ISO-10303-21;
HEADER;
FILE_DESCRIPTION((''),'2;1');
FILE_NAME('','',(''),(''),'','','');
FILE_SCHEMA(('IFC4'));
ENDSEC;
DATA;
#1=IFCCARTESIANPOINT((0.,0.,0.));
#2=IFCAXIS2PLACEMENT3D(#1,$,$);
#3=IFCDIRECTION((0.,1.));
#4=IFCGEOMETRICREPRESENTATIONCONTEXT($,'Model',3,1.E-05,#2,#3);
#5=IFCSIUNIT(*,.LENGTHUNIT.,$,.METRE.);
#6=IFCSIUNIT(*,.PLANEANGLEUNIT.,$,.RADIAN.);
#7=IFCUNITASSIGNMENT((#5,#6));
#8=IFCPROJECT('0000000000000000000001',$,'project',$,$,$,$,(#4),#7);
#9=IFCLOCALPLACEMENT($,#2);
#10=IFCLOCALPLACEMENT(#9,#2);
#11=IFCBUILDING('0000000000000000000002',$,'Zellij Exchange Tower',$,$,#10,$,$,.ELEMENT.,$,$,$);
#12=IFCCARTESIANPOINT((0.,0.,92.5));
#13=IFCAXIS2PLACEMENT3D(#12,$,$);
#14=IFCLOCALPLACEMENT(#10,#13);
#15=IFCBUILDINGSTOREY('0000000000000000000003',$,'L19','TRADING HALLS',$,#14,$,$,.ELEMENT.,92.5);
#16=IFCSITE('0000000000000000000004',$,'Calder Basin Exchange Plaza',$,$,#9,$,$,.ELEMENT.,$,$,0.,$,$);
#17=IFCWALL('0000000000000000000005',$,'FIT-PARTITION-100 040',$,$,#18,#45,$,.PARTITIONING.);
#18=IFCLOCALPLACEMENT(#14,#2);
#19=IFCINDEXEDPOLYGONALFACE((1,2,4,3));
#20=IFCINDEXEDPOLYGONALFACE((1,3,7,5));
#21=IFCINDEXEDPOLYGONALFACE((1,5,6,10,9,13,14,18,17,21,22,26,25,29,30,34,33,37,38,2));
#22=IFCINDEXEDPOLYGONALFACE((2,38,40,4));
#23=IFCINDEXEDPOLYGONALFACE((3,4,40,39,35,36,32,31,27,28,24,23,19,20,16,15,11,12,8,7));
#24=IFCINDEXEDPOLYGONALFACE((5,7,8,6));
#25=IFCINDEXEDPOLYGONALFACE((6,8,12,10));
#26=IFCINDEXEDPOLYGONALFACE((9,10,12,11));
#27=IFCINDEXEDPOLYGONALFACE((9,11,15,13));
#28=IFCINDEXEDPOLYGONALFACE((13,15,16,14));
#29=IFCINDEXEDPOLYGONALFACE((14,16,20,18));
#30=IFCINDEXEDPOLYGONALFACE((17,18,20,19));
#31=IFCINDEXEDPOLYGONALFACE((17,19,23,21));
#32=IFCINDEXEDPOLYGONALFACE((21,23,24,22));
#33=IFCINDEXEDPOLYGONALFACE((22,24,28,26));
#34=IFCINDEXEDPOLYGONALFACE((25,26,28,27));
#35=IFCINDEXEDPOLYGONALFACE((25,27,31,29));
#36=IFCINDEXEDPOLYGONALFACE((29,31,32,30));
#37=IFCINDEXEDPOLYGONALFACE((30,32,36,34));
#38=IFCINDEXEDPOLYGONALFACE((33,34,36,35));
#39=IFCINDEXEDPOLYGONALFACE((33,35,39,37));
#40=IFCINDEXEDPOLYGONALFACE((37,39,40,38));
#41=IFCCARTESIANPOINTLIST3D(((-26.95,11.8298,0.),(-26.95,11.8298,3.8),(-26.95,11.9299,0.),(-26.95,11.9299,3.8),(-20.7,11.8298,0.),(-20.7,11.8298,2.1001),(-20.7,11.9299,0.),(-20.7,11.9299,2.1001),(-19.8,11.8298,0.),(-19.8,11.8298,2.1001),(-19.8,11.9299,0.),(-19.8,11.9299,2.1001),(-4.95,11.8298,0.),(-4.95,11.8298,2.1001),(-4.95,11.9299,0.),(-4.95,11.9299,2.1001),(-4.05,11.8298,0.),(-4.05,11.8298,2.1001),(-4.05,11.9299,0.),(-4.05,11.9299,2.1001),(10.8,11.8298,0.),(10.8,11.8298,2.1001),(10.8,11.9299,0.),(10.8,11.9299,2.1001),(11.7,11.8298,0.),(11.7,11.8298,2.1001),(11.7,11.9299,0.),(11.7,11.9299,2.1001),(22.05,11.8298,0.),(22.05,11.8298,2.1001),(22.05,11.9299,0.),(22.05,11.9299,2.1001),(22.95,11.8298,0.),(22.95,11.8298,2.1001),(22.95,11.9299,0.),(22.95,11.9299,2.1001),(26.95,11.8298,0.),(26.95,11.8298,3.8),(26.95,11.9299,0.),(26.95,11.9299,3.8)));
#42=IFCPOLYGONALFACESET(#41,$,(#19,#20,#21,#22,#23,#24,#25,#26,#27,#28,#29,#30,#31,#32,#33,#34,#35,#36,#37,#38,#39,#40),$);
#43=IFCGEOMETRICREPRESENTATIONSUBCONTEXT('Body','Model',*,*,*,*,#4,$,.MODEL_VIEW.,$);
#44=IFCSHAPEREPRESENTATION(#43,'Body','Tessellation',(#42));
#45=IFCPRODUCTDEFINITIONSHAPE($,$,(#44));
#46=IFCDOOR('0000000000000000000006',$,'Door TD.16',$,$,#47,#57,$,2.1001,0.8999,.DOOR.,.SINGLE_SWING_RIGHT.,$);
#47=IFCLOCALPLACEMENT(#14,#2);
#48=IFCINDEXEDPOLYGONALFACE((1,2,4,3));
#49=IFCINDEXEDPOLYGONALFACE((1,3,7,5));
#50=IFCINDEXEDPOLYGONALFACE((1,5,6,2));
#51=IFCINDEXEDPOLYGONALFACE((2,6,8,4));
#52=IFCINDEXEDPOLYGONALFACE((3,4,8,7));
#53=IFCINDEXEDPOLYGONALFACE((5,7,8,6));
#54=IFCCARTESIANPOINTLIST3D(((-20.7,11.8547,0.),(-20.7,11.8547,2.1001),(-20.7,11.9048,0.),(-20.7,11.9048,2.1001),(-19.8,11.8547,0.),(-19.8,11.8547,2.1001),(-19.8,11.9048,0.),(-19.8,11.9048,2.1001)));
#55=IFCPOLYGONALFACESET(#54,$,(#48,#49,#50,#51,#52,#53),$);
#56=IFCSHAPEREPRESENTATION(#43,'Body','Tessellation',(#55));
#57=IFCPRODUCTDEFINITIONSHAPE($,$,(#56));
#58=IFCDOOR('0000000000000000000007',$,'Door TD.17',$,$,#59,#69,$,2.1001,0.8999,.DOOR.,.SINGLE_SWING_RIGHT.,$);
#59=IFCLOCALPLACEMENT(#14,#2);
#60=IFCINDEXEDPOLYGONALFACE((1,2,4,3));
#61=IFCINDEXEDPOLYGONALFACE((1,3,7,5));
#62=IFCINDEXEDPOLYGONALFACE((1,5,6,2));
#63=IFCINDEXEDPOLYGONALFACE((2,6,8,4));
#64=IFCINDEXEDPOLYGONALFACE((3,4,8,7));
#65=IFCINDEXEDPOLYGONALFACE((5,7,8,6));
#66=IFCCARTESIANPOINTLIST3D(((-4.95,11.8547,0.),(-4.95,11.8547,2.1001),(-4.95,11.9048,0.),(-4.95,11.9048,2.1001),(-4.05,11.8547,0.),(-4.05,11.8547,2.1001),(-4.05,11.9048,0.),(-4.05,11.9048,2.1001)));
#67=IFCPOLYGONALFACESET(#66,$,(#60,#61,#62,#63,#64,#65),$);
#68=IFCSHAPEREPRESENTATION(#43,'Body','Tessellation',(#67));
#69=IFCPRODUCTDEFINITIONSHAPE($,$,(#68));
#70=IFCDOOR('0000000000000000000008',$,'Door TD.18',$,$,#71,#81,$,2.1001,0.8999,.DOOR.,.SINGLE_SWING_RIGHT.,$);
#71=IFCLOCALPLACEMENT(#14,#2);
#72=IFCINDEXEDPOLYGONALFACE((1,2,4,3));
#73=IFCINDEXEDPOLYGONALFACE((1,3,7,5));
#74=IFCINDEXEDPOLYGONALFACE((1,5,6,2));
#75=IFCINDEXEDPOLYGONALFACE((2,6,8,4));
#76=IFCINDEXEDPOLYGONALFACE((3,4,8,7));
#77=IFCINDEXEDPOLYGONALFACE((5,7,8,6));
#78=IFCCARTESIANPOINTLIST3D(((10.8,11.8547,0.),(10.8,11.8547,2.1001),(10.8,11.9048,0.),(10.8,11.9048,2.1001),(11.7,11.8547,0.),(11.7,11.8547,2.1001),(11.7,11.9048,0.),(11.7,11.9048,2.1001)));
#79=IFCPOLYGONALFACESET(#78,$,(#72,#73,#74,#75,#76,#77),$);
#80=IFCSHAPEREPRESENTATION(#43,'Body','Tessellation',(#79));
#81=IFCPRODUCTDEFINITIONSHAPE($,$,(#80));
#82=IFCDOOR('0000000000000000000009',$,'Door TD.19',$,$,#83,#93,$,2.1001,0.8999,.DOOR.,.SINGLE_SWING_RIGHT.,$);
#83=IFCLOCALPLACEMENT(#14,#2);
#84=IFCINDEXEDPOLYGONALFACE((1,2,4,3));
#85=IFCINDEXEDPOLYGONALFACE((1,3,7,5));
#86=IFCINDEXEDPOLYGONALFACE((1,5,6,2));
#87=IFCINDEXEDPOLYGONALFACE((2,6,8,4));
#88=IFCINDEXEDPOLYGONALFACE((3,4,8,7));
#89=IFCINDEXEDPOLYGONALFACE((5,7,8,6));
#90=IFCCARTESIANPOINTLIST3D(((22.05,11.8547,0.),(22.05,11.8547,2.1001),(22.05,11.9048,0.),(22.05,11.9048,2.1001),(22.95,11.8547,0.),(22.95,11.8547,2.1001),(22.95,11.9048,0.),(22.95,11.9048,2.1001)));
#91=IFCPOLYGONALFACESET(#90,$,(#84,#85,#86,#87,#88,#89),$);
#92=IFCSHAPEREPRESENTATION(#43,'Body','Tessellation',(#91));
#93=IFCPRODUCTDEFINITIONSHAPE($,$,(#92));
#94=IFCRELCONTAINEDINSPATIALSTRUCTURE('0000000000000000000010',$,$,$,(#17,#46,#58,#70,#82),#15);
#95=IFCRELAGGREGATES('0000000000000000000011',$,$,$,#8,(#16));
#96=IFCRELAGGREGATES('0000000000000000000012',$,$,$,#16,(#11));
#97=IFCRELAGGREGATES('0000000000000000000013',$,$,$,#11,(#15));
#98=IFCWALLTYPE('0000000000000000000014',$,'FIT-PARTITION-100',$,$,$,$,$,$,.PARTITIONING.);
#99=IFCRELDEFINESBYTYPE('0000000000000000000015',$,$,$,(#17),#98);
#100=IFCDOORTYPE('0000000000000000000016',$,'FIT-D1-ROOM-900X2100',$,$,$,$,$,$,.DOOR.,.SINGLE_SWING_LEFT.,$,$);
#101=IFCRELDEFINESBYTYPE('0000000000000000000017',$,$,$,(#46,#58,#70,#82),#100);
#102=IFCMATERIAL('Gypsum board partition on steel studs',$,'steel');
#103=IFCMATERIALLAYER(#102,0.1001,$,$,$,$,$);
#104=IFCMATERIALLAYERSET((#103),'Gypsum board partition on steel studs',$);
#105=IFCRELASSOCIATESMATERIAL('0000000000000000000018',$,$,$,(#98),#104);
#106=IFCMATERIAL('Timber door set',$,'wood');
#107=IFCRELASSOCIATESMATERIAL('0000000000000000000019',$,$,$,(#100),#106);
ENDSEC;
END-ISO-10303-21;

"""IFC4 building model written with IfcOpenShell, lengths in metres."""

from ifc_helpers import new_model, si_unit, direction, frame, frame_2d, origin, place, context, subcontext, project, spatial, rectangle, extrude, material, layer, layer_set, type_object, element, fill, save


model = new_model("IFC4")

# Units and contexts
model_context = context("Model", 3, precision=1e-05, world=origin(), true_north=direction((0.0, 1.0)))
body_context = subcontext(model_context, "Body", "Model", "MODEL_VIEW")
ifc_project = project(units=[si_unit("LENGTHUNIT", "METRE"), si_unit("PLANEANGLEUNIT", "RADIAN")], contexts=[model_context])

# Site, building, storey
site_placement = place(None, origin())
site = spatial("IfcSite", under=ifc_project, at=site_placement, Name="Calder Basin Exchange Plaza", CompositionType="ELEMENT", RefElevation=0.0)
building_placement = place(site_placement, origin())
building = spatial("IfcBuilding", under=site, at=building_placement, Name="Zellij Exchange Tower", CompositionType="ELEMENT")
storey_placement = place(building_placement, frame((0.0, 0.0, 92.5)))
storey = spatial("IfcBuildingStorey", under=building, at=storey_placement, Name="L19", Description="TRADING HALLS", CompositionType="ELEMENT", Elevation=92.5)

# Shared definitions
ifc_material_1 = material(Name="Gypsum board partition on steel studs", Category="steel")
ifc_layer_1 = layer(ifc_material_1, 0.1001)
ifc_layer_set_1 = layer_set([ifc_layer_1], Name="Gypsum board partition on steel studs")
wall_type = type_object("IfcWallType", Name="FIT-PARTITION-100", PredefinedType="PARTITIONING", material=ifc_layer_set_1)

# Shared definitions
ifc_material_2 = material(Name="Timber door set", Category="wood")
door_type_1 = type_object("IfcDoorType", Name="FIT-D1-ROOM-900X2100", OperationType="SINGLE_SWING_LEFT", PredefinedType="DOOR", material=ifc_material_2)

# Wall, openings, doors
wall_1_placement = place(storey_placement, frame((-26.95, 11.8799, 0.0), z_axis=(0.0, 0.0, 1.0), x_axis=(1.0, 0.0, 0.0)))
wall_1 = element("IfcWall", 1, at=wall_1_placement, inside=storey, type_object=wall_type, Name="FIT-PARTITION-100 040", PredefinedType="PARTITIONING", context=body_context, shape_type="SweptSolid", body=[
    extrude(rectangle(XDim=53.8999, YDim=0.1001, at=frame_2d((26.95, 0.0))), origin(), (0.0, 0.0, 1.0), 3.8),
])
opening_1_placement = place(wall_1_placement, frame((6.25, 0.0, 0.0)))
opening_1 = element("IfcOpeningElement", 2, at=opening_1_placement, cuts=wall_1, PredefinedType="OPENING", context=body_context, shape_type="SweptSolid", body=[
    extrude(rectangle(XDim=0.8999, YDim=2.1001, at=frame_2d((0.45, 1.05))), frame((0.0, 0.062, 0.0), z_axis=(0.0, -1.0, 0.0), x_axis=(1.0, 0.0, 0.0)), (0.0, 0.0, 1.0), 0.124),
])
opening_2_placement = place(wall_1_placement, frame((22.0, 0.0, 0.0)))
opening_2 = element("IfcOpeningElement", 3, at=opening_2_placement, cuts=wall_1, PredefinedType="OPENING", context=body_context, shape_type="SweptSolid", body=[
    extrude(rectangle(XDim=0.8999, YDim=2.1001, at=frame_2d((0.45, 1.05))), frame((0.0, 0.062, 0.0), z_axis=(0.0, -1.0, 0.0), x_axis=(1.0, 0.0, 0.0)), (0.0, 0.0, 1.0), 0.124),
])
opening_3_placement = place(wall_1_placement, frame((37.75, 0.0, 0.0)))
opening_3 = element("IfcOpeningElement", 4, at=opening_3_placement, cuts=wall_1, PredefinedType="OPENING", context=body_context, shape_type="SweptSolid", body=[
    extrude(rectangle(XDim=0.8999, YDim=2.1001, at=frame_2d((0.45, 1.05))), frame((0.0, 0.062, 0.0), z_axis=(0.0, -1.0, 0.0), x_axis=(1.0, 0.0, 0.0)), (0.0, 0.0, 1.0), 0.124),
])
opening_4_placement = place(wall_1_placement, frame((49.0, 0.0, 0.0)))
opening_4 = element("IfcOpeningElement", 5, at=opening_4_placement, cuts=wall_1, PredefinedType="OPENING", context=body_context, shape_type="SweptSolid", body=[
    extrude(rectangle(XDim=0.8999, YDim=2.1001, at=frame_2d((0.45, 1.05))), frame((0.0, 0.062, 0.0), z_axis=(0.0, -1.0, 0.0), x_axis=(1.0, 0.0, 0.0)), (0.0, 0.0, 1.0), 0.124),
])
door_1_placement = place(opening_1_placement, origin())
door_1 = element("IfcDoor", 6, at=door_1_placement, inside=storey, type_object=door_type_1, Name="Door TD.16", OperationType="SINGLE_SWING_RIGHT", OverallHeight=2.1001, OverallWidth=0.8999, PredefinedType="DOOR", context=body_context, shape_type="SweptSolid", body=[
    extrude(rectangle(XDim=0.8999, YDim=2.1001, at=frame_2d((0.45, 1.05))), frame((0.0, 0.0249, 0.0), z_axis=(0.0, -1.0, 0.0), x_axis=(1.0, 0.0, 0.0)), (0.0, 0.0, 1.0), 0.05),
])
fill(opening_1, door_1)
door_2_placement = place(opening_2_placement, origin())
door_2 = element("IfcDoor", 7, at=door_2_placement, inside=storey, type_object=door_type_1, Name="Door TD.17", OperationType="SINGLE_SWING_RIGHT", OverallHeight=2.1001, OverallWidth=0.8999, PredefinedType="DOOR", context=body_context, shape_type="SweptSolid", body=[
    extrude(rectangle(XDim=0.8999, YDim=2.1001, at=frame_2d((0.45, 1.05))), frame((0.0, 0.0249, 0.0), z_axis=(0.0, -1.0, 0.0), x_axis=(1.0, 0.0, 0.0)), (0.0, 0.0, 1.0), 0.05),
])
fill(opening_2, door_2)
door_3_placement = place(opening_3_placement, origin())
door_3 = element("IfcDoor", 8, at=door_3_placement, inside=storey, type_object=door_type_1, Name="Door TD.18", OperationType="SINGLE_SWING_RIGHT", OverallHeight=2.1001, OverallWidth=0.8999, PredefinedType="DOOR", context=body_context, shape_type="SweptSolid", body=[
    extrude(rectangle(XDim=0.8999, YDim=2.1001, at=frame_2d((0.45, 1.05))), frame((0.0, 0.0249, 0.0), z_axis=(0.0, -1.0, 0.0), x_axis=(1.0, 0.0, 0.0)), (0.0, 0.0, 1.0), 0.05),
])
fill(opening_3, door_3)
door_4_placement = place(opening_4_placement, origin())
door_4 = element("IfcDoor", 9, at=door_4_placement, inside=storey, type_object=door_type_1, Name="Door TD.19", OperationType="SINGLE_SWING_RIGHT", OverallHeight=2.1001, OverallWidth=0.8999, PredefinedType="DOOR", context=body_context, shape_type="SweptSolid", body=[
    extrude(rectangle(XDim=0.8999, YDim=2.1001, at=frame_2d((0.45, 1.05))), frame((0.0, 0.0249, 0.0), z_axis=(0.0, -1.0, 0.0), x_axis=(1.0, 0.0, 0.0)), (0.0, 0.0, 1.0), 0.05),
])
fill(opening_4, door_4)

save(model, "model.ifc")
